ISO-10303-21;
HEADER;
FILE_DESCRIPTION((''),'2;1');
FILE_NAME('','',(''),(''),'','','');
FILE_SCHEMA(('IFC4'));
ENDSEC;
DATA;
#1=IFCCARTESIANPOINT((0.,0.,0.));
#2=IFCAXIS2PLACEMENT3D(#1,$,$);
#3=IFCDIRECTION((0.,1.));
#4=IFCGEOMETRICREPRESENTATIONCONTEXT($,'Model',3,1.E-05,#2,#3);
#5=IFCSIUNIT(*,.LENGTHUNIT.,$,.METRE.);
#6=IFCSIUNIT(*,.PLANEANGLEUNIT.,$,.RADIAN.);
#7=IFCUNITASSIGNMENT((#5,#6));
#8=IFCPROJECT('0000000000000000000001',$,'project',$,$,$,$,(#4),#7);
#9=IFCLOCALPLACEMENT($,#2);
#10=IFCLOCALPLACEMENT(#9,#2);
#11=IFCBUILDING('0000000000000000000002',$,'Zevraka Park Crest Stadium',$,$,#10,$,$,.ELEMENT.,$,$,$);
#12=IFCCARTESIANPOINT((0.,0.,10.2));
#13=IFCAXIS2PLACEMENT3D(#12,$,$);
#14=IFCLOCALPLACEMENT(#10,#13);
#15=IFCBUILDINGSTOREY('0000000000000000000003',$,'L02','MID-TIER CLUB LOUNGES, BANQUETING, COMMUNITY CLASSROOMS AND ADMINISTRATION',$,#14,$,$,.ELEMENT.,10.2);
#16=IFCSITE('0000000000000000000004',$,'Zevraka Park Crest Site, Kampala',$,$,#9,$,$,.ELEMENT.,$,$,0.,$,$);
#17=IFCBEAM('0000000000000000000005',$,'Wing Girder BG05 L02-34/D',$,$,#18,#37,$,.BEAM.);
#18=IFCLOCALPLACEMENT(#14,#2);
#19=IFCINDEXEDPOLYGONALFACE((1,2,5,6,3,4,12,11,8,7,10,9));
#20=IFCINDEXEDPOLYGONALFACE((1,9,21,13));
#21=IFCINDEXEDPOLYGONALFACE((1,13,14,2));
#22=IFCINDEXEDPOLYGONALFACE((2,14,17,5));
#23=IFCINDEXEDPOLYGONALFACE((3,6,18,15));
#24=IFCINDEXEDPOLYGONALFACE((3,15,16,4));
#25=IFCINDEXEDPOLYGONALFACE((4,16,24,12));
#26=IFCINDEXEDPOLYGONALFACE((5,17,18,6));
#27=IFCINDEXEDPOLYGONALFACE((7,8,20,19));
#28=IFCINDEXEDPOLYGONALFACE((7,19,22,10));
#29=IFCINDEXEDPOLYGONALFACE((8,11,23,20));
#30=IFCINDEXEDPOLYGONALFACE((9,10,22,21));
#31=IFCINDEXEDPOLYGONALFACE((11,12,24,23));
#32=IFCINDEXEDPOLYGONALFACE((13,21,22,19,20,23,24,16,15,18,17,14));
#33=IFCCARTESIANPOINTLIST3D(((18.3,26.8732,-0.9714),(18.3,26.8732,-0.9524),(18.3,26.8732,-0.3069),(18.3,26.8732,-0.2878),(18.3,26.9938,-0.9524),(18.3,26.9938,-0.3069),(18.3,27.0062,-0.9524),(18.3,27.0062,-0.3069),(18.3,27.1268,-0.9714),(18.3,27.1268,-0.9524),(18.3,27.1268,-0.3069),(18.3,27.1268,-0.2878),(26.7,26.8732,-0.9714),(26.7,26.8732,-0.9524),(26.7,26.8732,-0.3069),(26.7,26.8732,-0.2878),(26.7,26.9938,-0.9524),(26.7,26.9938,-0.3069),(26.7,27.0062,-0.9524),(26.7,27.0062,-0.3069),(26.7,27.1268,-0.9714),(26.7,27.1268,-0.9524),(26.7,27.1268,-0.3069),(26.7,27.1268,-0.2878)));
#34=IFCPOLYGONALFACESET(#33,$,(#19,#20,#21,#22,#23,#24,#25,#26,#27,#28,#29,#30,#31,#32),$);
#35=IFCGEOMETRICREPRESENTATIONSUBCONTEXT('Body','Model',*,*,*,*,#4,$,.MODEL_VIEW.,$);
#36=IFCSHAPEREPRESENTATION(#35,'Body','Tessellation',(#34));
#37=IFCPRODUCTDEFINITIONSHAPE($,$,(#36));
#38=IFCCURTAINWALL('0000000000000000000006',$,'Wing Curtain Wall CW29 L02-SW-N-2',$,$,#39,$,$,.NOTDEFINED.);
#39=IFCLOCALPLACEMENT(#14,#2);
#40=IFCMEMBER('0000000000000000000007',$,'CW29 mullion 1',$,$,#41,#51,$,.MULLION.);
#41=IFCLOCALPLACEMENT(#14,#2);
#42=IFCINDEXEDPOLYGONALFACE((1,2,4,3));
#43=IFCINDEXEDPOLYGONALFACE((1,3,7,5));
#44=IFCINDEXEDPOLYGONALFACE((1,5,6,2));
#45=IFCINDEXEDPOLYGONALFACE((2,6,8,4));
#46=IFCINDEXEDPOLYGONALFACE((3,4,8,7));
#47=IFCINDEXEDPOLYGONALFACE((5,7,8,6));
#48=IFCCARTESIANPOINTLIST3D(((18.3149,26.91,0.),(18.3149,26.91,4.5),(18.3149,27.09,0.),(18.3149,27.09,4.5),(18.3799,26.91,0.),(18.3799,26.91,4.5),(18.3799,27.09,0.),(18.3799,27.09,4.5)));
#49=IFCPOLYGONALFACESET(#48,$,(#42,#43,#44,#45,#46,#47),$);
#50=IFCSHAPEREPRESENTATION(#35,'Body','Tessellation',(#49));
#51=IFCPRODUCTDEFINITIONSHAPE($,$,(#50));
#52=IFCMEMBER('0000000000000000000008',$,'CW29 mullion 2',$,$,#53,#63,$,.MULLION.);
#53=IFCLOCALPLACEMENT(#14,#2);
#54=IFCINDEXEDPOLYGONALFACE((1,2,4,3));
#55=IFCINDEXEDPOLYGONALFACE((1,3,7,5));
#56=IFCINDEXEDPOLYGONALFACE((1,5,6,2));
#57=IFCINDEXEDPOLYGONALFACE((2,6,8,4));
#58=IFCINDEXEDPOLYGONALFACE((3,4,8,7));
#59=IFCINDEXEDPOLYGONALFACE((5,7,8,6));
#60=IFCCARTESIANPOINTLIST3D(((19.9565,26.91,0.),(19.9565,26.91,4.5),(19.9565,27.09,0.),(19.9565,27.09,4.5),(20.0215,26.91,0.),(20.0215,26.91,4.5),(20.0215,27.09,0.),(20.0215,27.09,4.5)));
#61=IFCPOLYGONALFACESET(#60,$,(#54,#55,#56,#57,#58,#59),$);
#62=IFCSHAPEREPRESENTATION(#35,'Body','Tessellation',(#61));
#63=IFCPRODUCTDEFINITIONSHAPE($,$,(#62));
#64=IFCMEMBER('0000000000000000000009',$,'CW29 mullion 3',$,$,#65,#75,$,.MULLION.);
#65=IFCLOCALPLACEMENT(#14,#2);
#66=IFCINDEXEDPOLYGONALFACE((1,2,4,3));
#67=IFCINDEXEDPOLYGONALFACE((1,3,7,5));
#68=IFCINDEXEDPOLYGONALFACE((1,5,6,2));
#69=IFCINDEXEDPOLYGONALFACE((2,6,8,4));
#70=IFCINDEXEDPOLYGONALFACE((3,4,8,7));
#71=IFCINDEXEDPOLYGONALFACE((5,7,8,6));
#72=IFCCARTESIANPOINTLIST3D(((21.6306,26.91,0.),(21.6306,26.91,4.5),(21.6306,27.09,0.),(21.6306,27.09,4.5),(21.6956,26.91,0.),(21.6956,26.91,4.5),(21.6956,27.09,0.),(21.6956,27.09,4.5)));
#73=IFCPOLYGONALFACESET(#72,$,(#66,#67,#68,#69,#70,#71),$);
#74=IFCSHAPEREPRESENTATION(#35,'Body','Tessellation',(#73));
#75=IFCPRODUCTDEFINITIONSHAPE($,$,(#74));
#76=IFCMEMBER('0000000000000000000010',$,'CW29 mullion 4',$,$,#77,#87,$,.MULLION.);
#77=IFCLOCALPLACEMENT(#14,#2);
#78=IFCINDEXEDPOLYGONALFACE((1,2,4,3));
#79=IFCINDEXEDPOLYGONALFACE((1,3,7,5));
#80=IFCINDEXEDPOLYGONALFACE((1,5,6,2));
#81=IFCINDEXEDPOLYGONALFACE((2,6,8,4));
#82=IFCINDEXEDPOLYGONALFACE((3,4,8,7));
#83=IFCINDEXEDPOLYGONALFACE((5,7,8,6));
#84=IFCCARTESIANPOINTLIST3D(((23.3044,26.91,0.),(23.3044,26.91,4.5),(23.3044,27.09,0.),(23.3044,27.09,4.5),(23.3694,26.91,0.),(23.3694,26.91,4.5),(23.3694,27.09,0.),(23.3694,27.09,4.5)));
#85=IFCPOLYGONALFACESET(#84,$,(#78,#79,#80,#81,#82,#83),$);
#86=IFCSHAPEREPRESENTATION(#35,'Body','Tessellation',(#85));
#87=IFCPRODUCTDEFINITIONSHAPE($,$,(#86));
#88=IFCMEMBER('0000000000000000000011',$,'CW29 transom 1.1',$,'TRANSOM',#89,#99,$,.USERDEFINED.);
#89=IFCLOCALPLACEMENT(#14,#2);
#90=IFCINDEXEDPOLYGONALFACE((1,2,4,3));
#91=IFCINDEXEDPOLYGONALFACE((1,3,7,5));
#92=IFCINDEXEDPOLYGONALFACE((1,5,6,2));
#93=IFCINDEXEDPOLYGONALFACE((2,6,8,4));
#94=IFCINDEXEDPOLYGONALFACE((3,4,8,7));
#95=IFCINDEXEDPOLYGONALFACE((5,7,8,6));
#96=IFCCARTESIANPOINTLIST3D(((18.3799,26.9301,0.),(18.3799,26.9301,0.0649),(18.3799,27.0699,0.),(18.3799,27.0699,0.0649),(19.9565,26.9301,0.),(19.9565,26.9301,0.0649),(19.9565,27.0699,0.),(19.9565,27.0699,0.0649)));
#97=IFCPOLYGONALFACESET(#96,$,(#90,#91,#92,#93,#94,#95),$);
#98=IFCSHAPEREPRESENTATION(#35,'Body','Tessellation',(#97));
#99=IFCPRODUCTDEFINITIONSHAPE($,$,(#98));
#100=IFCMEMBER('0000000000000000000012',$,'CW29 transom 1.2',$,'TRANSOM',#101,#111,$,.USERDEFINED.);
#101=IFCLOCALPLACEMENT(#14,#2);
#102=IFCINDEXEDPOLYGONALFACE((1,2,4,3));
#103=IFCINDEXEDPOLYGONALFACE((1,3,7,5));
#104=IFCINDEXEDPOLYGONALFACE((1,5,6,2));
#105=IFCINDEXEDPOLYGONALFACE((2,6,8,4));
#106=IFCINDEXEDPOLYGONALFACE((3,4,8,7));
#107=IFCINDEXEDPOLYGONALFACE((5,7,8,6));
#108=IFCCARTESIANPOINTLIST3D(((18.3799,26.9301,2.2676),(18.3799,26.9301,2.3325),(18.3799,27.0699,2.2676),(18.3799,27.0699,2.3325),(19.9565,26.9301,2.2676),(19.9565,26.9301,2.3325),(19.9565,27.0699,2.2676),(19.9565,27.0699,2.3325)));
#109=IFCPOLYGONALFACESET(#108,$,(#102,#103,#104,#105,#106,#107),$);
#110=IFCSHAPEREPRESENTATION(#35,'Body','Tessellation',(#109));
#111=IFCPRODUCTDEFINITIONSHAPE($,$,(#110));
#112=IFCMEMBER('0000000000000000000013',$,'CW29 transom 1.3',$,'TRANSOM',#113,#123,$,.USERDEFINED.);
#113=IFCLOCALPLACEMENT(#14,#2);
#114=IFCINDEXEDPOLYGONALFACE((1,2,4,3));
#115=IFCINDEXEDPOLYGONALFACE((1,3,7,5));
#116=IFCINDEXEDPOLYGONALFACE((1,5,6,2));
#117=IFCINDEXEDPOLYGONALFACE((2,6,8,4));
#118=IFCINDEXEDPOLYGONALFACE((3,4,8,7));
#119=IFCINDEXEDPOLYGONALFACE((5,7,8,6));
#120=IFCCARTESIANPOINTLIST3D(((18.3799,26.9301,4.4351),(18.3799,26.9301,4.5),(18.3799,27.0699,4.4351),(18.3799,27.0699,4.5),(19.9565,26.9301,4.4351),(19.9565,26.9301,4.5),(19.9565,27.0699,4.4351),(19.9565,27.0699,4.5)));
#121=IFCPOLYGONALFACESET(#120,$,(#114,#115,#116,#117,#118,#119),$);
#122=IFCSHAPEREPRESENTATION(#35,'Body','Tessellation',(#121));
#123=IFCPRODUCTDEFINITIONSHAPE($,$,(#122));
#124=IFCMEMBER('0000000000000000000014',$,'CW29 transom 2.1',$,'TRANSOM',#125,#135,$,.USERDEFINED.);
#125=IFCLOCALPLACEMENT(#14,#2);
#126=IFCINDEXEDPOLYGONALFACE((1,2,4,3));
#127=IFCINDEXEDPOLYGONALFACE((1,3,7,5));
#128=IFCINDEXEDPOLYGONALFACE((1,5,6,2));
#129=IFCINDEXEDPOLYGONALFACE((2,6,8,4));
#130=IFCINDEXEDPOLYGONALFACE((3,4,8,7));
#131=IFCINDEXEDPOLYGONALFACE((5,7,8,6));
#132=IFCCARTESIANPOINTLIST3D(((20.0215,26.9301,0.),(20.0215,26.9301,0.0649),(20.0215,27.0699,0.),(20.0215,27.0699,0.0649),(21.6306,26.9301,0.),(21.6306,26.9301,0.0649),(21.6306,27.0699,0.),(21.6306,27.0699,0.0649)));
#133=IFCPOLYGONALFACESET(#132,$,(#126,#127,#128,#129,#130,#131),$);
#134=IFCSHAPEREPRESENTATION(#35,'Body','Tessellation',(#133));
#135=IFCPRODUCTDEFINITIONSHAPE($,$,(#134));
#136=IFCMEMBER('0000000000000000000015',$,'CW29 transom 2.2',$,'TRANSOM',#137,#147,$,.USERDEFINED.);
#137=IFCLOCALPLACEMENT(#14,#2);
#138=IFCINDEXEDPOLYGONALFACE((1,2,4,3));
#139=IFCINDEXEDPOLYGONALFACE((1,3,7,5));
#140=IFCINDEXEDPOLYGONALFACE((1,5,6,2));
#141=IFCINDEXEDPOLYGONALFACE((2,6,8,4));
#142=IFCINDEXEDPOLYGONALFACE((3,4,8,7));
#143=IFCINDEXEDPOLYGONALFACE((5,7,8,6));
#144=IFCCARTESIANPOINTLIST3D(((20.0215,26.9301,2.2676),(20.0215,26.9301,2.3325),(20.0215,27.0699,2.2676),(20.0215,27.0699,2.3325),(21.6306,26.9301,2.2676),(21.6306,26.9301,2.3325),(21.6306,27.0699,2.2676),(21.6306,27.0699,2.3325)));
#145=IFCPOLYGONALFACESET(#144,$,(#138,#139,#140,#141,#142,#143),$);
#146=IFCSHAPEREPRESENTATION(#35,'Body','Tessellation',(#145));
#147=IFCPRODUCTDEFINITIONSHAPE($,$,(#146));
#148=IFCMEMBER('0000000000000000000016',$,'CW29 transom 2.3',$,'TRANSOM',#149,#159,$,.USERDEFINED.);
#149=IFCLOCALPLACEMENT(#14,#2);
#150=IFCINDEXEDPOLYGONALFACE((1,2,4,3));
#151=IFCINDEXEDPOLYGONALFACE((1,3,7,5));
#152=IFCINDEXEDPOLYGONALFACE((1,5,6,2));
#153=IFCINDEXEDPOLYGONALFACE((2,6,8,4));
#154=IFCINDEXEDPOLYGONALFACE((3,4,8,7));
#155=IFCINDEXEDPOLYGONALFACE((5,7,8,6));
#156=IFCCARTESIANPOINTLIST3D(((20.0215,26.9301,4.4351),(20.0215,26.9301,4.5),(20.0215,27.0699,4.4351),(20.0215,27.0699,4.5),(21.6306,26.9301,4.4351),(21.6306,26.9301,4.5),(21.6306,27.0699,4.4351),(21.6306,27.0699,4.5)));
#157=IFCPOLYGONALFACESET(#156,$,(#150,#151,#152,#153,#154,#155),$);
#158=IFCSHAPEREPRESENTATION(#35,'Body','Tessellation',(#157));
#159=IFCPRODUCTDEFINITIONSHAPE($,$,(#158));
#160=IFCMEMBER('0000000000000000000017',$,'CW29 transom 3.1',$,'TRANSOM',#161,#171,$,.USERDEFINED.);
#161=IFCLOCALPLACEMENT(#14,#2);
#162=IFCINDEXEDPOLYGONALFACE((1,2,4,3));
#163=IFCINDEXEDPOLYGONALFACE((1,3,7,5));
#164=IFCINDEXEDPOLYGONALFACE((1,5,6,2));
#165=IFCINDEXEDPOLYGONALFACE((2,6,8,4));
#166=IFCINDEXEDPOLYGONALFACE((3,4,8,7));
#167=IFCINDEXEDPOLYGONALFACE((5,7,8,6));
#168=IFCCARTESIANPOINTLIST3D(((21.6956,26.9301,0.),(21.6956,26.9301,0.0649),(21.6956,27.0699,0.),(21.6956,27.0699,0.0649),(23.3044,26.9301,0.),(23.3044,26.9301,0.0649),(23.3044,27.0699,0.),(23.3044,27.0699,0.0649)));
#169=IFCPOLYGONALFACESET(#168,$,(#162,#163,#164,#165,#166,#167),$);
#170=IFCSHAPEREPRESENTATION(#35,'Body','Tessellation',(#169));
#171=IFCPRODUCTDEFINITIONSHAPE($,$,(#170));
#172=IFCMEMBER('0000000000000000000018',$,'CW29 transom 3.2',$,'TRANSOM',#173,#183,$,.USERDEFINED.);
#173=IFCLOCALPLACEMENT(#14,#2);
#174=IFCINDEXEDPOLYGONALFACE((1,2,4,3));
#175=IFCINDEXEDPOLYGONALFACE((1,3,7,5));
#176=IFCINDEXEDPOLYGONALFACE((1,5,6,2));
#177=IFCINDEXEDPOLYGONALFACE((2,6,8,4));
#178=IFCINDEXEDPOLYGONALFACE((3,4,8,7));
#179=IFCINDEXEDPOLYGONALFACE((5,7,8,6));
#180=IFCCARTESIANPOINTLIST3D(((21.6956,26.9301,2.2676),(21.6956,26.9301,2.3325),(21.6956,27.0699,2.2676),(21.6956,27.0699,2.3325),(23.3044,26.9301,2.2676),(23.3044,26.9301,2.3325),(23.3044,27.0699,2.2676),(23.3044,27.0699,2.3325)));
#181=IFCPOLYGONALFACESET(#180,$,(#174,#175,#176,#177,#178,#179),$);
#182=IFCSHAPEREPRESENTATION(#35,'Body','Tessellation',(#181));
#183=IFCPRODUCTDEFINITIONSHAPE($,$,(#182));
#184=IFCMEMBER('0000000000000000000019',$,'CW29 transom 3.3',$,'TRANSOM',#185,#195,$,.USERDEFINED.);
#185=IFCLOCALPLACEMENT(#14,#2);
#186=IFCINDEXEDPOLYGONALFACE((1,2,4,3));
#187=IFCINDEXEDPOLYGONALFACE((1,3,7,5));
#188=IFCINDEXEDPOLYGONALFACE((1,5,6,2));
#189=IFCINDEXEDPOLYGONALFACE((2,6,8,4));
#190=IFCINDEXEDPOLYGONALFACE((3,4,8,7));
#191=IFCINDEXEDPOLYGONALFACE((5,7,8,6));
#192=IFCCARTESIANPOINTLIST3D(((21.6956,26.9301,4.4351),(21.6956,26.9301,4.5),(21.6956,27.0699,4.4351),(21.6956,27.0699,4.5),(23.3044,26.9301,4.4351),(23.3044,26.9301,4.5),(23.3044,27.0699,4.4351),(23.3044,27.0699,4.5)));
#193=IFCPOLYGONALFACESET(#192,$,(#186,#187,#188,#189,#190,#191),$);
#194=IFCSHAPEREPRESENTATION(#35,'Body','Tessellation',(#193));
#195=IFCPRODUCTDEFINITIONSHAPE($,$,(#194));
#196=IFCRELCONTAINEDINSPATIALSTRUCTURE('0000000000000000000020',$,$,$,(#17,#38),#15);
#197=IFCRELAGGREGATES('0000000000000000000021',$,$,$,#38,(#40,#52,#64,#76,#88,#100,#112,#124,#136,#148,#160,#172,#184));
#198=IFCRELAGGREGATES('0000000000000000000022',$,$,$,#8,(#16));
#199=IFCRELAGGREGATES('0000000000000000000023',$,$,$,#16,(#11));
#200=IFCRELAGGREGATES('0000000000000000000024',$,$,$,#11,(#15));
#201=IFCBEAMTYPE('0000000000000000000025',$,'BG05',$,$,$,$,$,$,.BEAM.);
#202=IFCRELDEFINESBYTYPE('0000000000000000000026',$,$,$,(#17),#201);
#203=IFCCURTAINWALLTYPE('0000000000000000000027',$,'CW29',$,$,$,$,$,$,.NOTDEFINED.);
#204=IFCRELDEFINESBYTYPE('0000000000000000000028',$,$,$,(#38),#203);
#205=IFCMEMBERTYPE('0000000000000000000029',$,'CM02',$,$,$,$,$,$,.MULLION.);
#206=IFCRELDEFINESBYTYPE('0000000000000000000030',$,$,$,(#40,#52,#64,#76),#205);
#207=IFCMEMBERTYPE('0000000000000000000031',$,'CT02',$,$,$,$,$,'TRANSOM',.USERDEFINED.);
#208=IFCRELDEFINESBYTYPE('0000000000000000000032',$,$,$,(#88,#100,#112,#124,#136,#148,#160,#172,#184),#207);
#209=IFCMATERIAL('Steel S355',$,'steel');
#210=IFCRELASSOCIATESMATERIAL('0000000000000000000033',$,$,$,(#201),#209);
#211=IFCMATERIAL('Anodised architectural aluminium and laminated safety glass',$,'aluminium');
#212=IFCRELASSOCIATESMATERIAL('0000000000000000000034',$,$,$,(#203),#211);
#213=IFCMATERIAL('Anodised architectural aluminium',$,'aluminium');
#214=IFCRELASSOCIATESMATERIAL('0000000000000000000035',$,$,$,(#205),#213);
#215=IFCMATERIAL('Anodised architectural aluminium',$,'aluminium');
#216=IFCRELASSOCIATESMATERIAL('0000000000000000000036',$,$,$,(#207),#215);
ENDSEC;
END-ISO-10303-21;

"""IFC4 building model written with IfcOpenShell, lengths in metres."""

from ifc_helpers import new_model, si_unit, direction, frame, origin, origin_2d, place, context, subcontext, project, spatial, rectangle, i_section, extrude, material, material_profile, profile_set, type_object, element, aggregate, save


model = new_model("IFC4")

# Units and contexts
model_context = context("Model", 3, precision=1e-05, world=origin(), true_north=direction((0.0, 1.0)))
body_context = subcontext(model_context, "Body", "Model", "MODEL_VIEW")
ifc_project = project(units=[si_unit("LENGTHUNIT", "METRE"), si_unit("PLANEANGLEUNIT", "RADIAN")], contexts=[model_context])

# Site, building, storey
site_placement = place(None, origin())
site = spatial("IfcSite", under=ifc_project, at=site_placement, Name="Zevraka Park Crest Site, Kampala", CompositionType="ELEMENT", RefElevation=0.0)
building_placement = place(site_placement, origin())
building = spatial("IfcBuilding", under=site, at=building_placement, Name="Zevraka Park Crest Stadium", CompositionType="ELEMENT")
storey_placement = place(building_placement, frame((0.0, 0.0, 10.2)))
storey = spatial("IfcBuildingStorey", under=building, at=storey_placement, Name="L02", Description="MID-TIER CLUB LOUNGES, BANQUETING, COMMUNITY CLASSROOMS AND ADMINISTRATION", CompositionType="ELEMENT", Elevation=10.2)

# Beam
ifc_material_1 = material(Name="Steel S355", Category="steel")
ifc_material_profile_1 = material_profile(ifc_material_1, i_section(OverallWidth=0.2537, OverallDepth=0.6836, WebThickness=0.0125, FlangeThickness=0.019, at=origin_2d()), Name="UKB 686x254x140")
ifc_profile_set_1 = profile_set([ifc_material_profile_1], Name="Steel S355")
beam_type = type_object("IfcBeamType", Name="BG05", PredefinedType="BEAM", material=ifc_profile_set_1)
beam_placement = place(storey_placement, frame((18.3, 27.0, -0.6296), z_axis=(1.0, 0.0, 0.0), x_axis=(0.0, 1.0, 0.0)))
element("IfcBeam", 1, at=beam_placement, inside=storey, type_object=beam_type, Name="Wing Girder BG05 L02-34/D", PredefinedType="BEAM", context=body_context, shape_type="SweptSolid", body=[
    extrude(i_section(OverallWidth=0.2537, OverallDepth=0.6836, WebThickness=0.0125, FlangeThickness=0.019, at=origin_2d()), origin(), (0.0, 0.0, 1.0), 8.3999),
])

# Curtain wall, members
ifc_material_2 = material(Name="Anodised architectural aluminium and laminated safety glass", Category="aluminium")
curtain_wall_type = type_object("IfcCurtainWallType", Name="CW29", PredefinedType="NOTDEFINED", material=ifc_material_2)
curtain_wall_placement = place(storey_placement, origin())
curtain_wall = element("IfcCurtainWall", 2, at=curtain_wall_placement, inside=storey, type_object=curtain_wall_type, Name="Wing Curtain Wall CW29 L02-SW-N-2", PredefinedType="NOTDEFINED")
ifc_material_3 = material(Name="Anodised architectural aluminium", Category="aluminium")
ifc_material_profile_2 = material_profile(ifc_material_3, rectangle(XDim=0.1799, YDim=0.0649, at=origin_2d()), Name="ALU MULLION 180x65")
ifc_profile_set_2 = profile_set([ifc_material_profile_2], Name="Anodised architectural aluminium")
member_type_1 = type_object("IfcMemberType", Name="CM02", PredefinedType="MULLION", material=ifc_profile_set_2)
member_1_placement = place(storey_placement, frame((18.3474, 27.0, 0.0), z_axis=(0.0, 0.0, 1.0), x_axis=(0.0, 1.0, 0.0)))
member_1 = element("IfcMember", 3, at=member_1_placement, type_object=member_type_1, Name="CW29 mullion 1", PredefinedType="MULLION", context=body_context, shape_type="SweptSolid", body=[
    extrude(rectangle(XDim=0.1799, YDim=0.0649, at=origin_2d()), origin(), (0.0, 0.0, 1.0), 4.5),
])
member_2_placement = place(storey_placement, frame((19.989, 27.0, 0.0), z_axis=(0.0, 0.0, 1.0), x_axis=(0.0, 1.0, 0.0)))
member_2 = element("IfcMember", 4, at=member_2_placement, type_object=member_type_1, Name="CW29 mullion 2", PredefinedType="MULLION", context=body_context, shape_type="SweptSolid", body=[
    extrude(rectangle(XDim=0.1799, YDim=0.0649, at=origin_2d()), origin(), (0.0, 0.0, 1.0), 4.5),
])
member_3_placement = place(storey_placement, frame((21.6631, 27.0, 0.0), z_axis=(0.0, 0.0, 1.0), x_axis=(0.0, 1.0, 0.0)))
member_3 = element("IfcMember", 5, at=member_3_placement, type_object=member_type_1, Name="CW29 mullion 3", PredefinedType="MULLION", context=body_context, shape_type="SweptSolid", body=[
    extrude(rectangle(XDim=0.1799, YDim=0.0649, at=origin_2d()), origin(), (0.0, 0.0, 1.0), 4.5),
])
member_4_placement = place(storey_placement, frame((23.3369, 27.0, 0.0), z_axis=(0.0, 0.0, 1.0), x_axis=(0.0, 1.0, 0.0)))
member_4 = element("IfcMember", 6, at=member_4_placement, type_object=member_type_1, Name="CW29 mullion 4", PredefinedType="MULLION", context=body_context, shape_type="SweptSolid", body=[
    extrude(rectangle(XDim=0.1799, YDim=0.0649, at=origin_2d()), origin(), (0.0, 0.0, 1.0), 4.5),
])
ifc_material_4 = material(Name="Anodised architectural aluminium", Category="aluminium")
ifc_material_profile_3 = material_profile(ifc_material_4, rectangle(XDim=0.1399, YDim=0.0649, at=origin_2d()), Name="ALU TRANSOM 140x65")
ifc_profile_set_3 = profile_set([ifc_material_profile_3], Name="Anodised architectural aluminium")
member_type_2 = type_object("IfcMemberType", Name="CT02", ElementType="TRANSOM", PredefinedType="USERDEFINED", material=ifc_profile_set_3)
member_5_placement = place(storey_placement, frame((18.3799, 27.0, 0.0325), z_axis=(1.0, 0.0, 0.0), x_axis=(0.0, 1.0, 0.0)))
member_5 = element("IfcMember", 7, at=member_5_placement, type_object=member_type_2, Name="CW29 transom 1.1", ObjectType="TRANSOM", PredefinedType="USERDEFINED", context=body_context, shape_type="SweptSolid", body=[
    extrude(rectangle(XDim=0.1399, YDim=0.0649, at=origin_2d()), origin(), (0.0, 0.0, 1.0), 1.5767),
])
member_6_placement = place(storey_placement, frame((18.3799, 27.0, 2.3), z_axis=(1.0, 0.0, 0.0), x_axis=(0.0, 1.0, 0.0)))
member_6 = element("IfcMember", 8, at=member_6_placement, type_object=member_type_2, Name="CW29 transom 1.2", ObjectType="TRANSOM", PredefinedType="USERDEFINED", context=body_context, shape_type="SweptSolid", body=[
    extrude(rectangle(XDim=0.1399, YDim=0.0649, at=origin_2d()), origin(), (0.0, 0.0, 1.0), 1.5767),
])
member_7_placement = place(storey_placement, frame((18.3799, 27.0, 4.4675), z_axis=(1.0, 0.0, 0.0), x_axis=(0.0, 1.0, 0.0)))
member_7 = element("IfcMember", 9, at=member_7_placement, type_object=member_type_2, Name="CW29 transom 1.3", ObjectType="TRANSOM", PredefinedType="USERDEFINED", context=body_context, shape_type="SweptSolid", body=[
    extrude(rectangle(XDim=0.1399, YDim=0.0649, at=origin_2d()), origin(), (0.0, 0.0, 1.0), 1.5767),
])
member_8_placement = place(storey_placement, frame((20.0215, 27.0, 0.0325), z_axis=(1.0, 0.0, 0.0), x_axis=(0.0, 1.0, 0.0)))
member_8 = element("IfcMember", 10, at=member_8_placement, type_object=member_type_2, Name="CW29 transom 2.1", ObjectType="TRANSOM", PredefinedType="USERDEFINED", context=body_context, shape_type="SweptSolid", body=[
    extrude(rectangle(XDim=0.1399, YDim=0.0649, at=origin_2d()), origin(), (0.0, 0.0, 1.0), 1.6091),
])
member_9_placement = place(storey_placement, frame((20.0215, 27.0, 2.3), z_axis=(1.0, 0.0, 0.0), x_axis=(0.0, 1.0, 0.0)))
member_9 = element("IfcMember", 11, at=member_9_placement, type_object=member_type_2, Name="CW29 transom 2.2", ObjectType="TRANSOM", PredefinedType="USERDEFINED", context=body_context, shape_type="SweptSolid", body=[
    extrude(rectangle(XDim=0.1399, YDim=0.0649, at=origin_2d()), origin(), (0.0, 0.0, 1.0), 1.6091),
])
member_10_placement = place(storey_placement, frame((20.0215, 27.0, 4.4675), z_axis=(1.0, 0.0, 0.0), x_axis=(0.0, 1.0, 0.0)))
member_10 = element("IfcMember", 12, at=member_10_placement, type_object=member_type_2, Name="CW29 transom 2.3", ObjectType="TRANSOM", PredefinedType="USERDEFINED", context=body_context, shape_type="SweptSolid", body=[
    extrude(rectangle(XDim=0.1399, YDim=0.0649, at=origin_2d()), origin(), (0.0, 0.0, 1.0), 1.6091),
])
member_11_placement = place(storey_placement, frame((21.6956, 27.0, 0.0325), z_axis=(1.0, 0.0, 0.0), x_axis=(0.0, 1.0, 0.0)))
member_11 = element("IfcMember", 13, at=member_11_placement, type_object=member_type_2, Name="CW29 transom 3.1", ObjectType="TRANSOM", PredefinedType="USERDEFINED", context=body_context, shape_type="SweptSolid", body=[
    extrude(rectangle(XDim=0.1399, YDim=0.0649, at=origin_2d()), origin(), (0.0, 0.0, 1.0), 1.6089),
])
member_12_placement = place(storey_placement, frame((21.6956, 27.0, 2.3), z_axis=(1.0, 0.0, 0.0), x_axis=(0.0, 1.0, 0.0)))
member_12 = element("IfcMember", 14, at=member_12_placement, type_object=member_type_2, Name="CW29 transom 3.2", ObjectType="TRANSOM", PredefinedType="USERDEFINED", context=body_context, shape_type="SweptSolid", body=[
    extrude(rectangle(XDim=0.1399, YDim=0.0649, at=origin_2d()), origin(), (0.0, 0.0, 1.0), 1.6089),
])
member_13_placement = place(storey_placement, frame((21.6956, 27.0, 4.4675), z_axis=(1.0, 0.0, 0.0), x_axis=(0.0, 1.0, 0.0)))
member_13 = element("IfcMember", 15, at=member_13_placement, type_object=member_type_2, Name="CW29 transom 3.3", ObjectType="TRANSOM", PredefinedType="USERDEFINED", context=body_context, shape_type="SweptSolid", body=[
    extrude(rectangle(XDim=0.1399, YDim=0.0649, at=origin_2d()), origin(), (0.0, 0.0, 1.0), 1.6089),
])
aggregate(curtain_wall, [member_1, member_2, member_3, member_4, member_5, member_6, member_7, member_8, member_9, member_10, member_11, member_12, member_13])

save(model, "model.ifc")
